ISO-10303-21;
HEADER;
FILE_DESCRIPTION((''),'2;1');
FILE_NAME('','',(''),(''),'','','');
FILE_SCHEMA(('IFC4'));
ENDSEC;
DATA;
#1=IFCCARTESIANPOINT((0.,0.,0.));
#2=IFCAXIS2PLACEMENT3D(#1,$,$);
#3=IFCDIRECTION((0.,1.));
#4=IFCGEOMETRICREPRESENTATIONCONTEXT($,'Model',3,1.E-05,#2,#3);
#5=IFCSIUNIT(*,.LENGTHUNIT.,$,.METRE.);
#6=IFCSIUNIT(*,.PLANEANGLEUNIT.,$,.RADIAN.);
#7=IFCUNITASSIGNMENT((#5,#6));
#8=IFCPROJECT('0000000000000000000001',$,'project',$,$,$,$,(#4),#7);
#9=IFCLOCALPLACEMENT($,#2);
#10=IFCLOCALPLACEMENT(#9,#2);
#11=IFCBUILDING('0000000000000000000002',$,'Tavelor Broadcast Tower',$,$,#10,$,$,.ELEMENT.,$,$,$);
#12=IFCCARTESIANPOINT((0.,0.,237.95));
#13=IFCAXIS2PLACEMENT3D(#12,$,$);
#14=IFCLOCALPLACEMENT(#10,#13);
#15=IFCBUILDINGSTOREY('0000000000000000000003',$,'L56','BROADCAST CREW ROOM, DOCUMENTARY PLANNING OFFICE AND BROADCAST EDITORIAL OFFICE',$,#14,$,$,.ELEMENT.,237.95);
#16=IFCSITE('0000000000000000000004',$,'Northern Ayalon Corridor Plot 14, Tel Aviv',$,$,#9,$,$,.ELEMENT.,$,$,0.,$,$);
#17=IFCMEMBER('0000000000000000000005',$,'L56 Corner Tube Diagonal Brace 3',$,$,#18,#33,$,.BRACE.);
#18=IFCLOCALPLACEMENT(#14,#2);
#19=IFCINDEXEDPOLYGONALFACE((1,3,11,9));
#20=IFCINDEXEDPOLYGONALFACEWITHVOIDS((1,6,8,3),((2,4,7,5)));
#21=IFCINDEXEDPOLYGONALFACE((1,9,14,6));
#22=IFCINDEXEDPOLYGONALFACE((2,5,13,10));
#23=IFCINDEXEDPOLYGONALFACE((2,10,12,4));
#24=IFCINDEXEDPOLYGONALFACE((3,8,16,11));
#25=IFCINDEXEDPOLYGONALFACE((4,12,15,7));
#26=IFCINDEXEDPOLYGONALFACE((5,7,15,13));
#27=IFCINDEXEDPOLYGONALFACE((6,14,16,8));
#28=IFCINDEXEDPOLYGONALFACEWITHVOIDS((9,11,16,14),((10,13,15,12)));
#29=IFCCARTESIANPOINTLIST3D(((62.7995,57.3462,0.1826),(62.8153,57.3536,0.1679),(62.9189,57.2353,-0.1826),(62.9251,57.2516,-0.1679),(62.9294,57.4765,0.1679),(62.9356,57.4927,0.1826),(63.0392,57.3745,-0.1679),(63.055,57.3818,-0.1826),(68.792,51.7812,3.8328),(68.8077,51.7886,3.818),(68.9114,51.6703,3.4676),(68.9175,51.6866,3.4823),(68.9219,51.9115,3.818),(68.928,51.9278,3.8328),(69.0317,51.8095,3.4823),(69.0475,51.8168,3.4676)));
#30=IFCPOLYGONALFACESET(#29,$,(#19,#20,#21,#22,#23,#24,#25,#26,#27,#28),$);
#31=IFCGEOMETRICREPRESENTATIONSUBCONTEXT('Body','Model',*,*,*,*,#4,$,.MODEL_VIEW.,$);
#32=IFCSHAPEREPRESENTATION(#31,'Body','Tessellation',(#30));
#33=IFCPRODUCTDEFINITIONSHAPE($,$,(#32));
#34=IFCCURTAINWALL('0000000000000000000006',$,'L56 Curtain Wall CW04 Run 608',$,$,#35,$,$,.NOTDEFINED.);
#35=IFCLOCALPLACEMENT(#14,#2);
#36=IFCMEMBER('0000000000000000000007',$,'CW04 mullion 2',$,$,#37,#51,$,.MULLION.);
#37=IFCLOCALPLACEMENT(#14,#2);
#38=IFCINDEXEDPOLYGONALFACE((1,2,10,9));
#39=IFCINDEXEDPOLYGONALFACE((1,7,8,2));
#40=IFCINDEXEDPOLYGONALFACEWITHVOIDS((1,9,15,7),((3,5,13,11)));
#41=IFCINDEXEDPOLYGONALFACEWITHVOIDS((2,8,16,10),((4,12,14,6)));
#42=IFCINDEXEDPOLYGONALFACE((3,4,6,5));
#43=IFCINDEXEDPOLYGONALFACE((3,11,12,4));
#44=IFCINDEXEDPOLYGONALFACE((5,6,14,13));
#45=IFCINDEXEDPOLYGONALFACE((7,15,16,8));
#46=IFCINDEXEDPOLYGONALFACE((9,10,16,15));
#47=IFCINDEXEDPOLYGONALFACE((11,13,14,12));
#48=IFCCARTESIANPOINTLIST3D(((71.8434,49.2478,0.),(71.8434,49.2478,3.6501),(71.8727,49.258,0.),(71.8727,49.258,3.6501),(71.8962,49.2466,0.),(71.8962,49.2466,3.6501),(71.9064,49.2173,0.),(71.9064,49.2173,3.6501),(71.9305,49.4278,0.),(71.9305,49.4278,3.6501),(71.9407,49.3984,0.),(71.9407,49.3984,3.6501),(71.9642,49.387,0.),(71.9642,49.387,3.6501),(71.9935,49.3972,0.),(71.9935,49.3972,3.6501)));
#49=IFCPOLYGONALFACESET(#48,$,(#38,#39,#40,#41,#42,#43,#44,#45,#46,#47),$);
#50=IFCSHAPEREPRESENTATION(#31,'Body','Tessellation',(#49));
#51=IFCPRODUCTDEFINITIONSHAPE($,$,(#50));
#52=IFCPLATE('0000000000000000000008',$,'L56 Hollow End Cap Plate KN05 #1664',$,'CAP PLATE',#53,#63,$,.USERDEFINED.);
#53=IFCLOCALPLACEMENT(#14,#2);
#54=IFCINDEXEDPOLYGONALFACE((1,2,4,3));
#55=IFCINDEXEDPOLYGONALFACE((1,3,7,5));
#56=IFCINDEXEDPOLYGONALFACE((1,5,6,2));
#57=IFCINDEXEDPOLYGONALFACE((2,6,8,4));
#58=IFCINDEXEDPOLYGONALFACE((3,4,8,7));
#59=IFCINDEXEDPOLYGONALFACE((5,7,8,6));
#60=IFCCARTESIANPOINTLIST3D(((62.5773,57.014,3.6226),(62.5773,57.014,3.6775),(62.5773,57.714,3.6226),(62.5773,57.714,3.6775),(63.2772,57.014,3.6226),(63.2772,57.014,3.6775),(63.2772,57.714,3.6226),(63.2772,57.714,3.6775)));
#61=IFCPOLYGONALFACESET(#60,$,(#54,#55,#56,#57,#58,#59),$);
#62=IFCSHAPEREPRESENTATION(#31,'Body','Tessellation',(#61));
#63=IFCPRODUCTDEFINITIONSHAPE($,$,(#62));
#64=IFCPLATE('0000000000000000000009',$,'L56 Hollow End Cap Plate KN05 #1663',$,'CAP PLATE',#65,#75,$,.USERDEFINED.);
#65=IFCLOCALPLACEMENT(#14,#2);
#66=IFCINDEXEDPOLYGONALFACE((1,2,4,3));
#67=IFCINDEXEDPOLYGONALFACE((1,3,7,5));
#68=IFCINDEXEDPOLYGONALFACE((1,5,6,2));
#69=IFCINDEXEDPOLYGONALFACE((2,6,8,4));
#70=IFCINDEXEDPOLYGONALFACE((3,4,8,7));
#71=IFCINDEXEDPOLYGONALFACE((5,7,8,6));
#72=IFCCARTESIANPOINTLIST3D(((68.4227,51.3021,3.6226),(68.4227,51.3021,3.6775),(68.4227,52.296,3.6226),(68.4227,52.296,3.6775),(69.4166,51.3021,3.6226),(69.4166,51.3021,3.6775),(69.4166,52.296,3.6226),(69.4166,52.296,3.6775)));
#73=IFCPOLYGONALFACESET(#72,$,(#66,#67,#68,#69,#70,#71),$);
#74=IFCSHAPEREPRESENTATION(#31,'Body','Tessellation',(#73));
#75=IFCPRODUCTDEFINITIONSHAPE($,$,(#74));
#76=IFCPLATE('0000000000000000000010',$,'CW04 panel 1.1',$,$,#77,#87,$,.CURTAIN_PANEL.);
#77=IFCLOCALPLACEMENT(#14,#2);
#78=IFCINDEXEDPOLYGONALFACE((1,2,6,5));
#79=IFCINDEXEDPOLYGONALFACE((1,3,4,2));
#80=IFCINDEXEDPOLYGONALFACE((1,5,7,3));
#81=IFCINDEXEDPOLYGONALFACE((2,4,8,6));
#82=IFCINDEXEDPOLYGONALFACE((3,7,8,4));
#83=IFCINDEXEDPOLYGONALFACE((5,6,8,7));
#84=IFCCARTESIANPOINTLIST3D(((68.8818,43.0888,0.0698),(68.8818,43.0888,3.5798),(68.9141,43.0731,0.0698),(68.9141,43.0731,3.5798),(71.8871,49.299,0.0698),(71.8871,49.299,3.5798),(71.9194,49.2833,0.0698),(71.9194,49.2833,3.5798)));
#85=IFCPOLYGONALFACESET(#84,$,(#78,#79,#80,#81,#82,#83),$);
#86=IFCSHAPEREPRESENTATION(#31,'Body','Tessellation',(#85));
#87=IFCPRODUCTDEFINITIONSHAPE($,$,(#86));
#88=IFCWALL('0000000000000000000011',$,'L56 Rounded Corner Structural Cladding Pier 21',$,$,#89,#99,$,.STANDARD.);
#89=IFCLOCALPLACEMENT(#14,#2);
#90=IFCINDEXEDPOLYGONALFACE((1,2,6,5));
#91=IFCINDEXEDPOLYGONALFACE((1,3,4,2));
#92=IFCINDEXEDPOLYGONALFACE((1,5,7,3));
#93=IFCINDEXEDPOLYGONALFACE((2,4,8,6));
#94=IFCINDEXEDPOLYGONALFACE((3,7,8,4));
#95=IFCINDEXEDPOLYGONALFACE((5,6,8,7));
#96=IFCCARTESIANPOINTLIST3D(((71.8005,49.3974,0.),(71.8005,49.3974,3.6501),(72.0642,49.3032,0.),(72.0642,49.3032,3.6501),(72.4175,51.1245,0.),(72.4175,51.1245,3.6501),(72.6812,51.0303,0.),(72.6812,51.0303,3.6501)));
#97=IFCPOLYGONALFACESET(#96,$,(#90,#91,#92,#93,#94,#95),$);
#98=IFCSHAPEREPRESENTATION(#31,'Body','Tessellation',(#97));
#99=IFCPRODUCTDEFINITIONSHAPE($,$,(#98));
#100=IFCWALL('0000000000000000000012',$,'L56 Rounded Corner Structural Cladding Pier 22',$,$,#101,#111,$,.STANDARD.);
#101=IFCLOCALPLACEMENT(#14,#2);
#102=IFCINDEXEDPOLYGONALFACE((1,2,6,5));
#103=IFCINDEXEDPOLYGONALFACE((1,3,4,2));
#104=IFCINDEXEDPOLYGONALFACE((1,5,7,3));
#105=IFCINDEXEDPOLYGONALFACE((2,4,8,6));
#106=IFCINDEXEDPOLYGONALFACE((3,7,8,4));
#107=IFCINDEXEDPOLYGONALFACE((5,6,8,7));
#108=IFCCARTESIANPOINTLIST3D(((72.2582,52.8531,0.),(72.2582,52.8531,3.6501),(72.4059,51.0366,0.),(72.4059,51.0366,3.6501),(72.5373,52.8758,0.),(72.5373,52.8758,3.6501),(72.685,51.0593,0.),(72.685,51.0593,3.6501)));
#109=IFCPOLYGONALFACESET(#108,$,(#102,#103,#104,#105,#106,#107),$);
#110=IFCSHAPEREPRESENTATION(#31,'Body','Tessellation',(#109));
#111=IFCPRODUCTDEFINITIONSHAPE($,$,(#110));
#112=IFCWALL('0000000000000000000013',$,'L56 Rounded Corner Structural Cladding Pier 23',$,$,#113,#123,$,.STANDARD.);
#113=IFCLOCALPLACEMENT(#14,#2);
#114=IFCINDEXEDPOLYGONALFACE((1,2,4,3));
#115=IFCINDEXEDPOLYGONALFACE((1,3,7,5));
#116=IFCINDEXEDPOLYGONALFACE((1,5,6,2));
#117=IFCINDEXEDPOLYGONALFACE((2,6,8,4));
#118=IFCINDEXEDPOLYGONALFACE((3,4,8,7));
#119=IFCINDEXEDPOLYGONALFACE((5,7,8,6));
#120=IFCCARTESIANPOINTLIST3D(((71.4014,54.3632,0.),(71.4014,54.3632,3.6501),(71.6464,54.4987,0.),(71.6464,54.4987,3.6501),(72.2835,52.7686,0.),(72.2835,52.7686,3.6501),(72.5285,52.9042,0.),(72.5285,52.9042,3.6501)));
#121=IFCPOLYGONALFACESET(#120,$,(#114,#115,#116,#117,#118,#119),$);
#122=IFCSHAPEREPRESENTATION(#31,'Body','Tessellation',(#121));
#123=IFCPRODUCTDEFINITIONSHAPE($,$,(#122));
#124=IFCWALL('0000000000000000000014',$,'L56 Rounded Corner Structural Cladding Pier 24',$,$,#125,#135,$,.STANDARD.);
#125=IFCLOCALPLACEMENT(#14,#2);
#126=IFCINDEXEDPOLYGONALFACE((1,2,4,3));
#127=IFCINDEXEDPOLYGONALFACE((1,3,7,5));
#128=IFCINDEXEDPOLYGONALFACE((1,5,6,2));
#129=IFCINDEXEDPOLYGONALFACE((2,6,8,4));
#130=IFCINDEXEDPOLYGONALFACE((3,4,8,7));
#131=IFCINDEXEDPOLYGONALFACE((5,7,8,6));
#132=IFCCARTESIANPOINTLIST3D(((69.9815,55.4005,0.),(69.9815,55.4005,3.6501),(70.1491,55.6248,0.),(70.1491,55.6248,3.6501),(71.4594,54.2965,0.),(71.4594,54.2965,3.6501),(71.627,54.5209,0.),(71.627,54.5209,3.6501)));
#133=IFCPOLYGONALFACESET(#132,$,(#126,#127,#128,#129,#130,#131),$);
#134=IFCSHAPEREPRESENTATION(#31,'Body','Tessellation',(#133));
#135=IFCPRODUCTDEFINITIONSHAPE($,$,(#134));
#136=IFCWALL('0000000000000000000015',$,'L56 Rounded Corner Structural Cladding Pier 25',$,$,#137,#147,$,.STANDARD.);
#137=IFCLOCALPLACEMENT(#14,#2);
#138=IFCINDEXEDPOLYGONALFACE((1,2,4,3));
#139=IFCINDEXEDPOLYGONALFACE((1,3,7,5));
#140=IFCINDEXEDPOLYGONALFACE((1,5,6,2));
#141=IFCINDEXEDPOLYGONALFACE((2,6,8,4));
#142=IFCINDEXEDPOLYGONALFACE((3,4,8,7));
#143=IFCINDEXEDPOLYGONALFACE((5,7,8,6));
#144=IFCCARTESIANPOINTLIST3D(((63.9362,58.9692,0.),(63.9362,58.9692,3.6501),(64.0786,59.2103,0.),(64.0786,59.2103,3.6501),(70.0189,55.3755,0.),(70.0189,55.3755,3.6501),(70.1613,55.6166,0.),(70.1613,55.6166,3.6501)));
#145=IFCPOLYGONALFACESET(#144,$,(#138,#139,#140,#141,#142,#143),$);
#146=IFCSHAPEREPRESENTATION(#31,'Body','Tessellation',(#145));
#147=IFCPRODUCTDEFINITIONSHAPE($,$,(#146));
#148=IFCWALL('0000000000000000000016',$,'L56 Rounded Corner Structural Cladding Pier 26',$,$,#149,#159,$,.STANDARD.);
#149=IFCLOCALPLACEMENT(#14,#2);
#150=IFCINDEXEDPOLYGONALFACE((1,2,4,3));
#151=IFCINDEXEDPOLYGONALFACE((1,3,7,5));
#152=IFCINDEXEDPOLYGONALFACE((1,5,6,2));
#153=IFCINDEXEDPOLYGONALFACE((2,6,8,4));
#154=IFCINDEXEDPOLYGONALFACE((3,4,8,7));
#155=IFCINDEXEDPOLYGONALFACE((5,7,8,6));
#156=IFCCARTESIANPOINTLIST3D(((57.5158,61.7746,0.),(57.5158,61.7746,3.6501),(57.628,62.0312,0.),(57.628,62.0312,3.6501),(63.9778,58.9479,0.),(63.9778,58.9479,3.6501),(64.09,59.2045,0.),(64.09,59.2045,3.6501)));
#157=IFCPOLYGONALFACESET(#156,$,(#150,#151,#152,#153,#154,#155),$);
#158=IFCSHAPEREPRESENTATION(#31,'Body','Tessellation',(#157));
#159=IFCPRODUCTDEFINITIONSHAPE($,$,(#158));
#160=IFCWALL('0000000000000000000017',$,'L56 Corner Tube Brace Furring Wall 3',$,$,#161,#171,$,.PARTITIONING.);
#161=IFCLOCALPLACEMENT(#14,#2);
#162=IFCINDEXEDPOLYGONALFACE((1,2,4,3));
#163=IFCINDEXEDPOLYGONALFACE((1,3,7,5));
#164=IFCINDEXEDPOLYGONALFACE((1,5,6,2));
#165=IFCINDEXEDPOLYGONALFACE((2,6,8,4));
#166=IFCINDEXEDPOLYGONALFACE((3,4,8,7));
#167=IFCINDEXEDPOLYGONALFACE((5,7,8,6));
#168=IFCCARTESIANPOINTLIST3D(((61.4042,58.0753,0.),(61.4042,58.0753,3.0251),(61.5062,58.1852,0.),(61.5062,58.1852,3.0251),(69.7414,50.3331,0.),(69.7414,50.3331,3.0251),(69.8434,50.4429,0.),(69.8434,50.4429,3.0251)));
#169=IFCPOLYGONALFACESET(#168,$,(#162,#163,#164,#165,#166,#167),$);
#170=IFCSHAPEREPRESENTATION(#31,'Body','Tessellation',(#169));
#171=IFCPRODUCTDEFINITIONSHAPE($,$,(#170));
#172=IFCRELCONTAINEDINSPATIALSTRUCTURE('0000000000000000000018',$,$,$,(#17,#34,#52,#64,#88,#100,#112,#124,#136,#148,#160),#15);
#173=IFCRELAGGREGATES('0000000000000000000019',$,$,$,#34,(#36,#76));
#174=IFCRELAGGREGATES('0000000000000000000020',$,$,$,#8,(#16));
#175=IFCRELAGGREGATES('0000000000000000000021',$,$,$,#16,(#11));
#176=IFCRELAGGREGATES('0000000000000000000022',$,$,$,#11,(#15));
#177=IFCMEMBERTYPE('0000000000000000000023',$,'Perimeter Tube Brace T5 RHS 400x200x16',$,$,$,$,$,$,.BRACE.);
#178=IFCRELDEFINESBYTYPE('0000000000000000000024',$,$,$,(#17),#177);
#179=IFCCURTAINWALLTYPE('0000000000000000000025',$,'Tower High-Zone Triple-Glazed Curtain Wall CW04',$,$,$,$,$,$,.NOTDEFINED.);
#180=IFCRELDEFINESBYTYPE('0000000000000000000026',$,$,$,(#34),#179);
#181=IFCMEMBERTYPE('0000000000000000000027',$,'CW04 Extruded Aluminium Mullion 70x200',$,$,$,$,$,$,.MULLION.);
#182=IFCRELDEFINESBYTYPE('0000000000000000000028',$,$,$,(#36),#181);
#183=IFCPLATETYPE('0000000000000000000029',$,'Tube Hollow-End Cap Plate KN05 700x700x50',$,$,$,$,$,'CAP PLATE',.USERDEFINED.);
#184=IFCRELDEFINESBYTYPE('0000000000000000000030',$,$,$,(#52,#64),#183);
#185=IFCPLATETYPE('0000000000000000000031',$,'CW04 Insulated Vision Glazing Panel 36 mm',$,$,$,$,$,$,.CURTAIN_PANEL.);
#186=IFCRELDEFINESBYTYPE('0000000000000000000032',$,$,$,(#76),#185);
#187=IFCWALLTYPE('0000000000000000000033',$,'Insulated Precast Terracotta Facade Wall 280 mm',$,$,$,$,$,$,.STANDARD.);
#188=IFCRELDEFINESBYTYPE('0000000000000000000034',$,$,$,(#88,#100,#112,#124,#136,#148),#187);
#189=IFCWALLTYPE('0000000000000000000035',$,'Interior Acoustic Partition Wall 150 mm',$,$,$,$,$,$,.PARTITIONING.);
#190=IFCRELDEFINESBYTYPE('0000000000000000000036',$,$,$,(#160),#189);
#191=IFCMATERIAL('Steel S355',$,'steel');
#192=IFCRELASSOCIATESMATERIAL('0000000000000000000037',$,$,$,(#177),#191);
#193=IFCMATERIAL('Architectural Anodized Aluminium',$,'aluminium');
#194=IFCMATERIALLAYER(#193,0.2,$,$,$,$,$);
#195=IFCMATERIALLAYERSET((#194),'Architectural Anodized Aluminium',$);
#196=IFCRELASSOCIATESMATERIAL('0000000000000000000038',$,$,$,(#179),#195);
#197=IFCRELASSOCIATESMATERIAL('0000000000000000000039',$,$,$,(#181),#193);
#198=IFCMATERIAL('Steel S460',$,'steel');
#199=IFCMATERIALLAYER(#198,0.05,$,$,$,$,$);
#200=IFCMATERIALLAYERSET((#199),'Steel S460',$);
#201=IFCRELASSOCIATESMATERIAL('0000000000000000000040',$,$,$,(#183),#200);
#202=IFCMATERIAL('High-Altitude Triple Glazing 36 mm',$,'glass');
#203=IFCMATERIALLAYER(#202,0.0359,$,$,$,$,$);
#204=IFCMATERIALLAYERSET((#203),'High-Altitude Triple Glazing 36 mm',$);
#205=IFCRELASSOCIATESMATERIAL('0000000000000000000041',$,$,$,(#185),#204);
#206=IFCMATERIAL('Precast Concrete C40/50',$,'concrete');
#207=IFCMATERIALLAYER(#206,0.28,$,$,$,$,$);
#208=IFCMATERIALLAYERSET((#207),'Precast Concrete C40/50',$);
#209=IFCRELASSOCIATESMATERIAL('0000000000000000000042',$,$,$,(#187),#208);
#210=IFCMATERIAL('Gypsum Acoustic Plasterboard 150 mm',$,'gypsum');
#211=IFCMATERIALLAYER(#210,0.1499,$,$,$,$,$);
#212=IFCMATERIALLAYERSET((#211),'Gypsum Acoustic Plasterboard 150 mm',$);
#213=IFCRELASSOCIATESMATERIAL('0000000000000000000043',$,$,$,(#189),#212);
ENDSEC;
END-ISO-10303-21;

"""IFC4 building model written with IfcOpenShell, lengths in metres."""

from ifc_helpers import new_model, si_unit, direction, frame, frame_2d, origin, origin_2d, place, context, subcontext, project, spatial, rectangle, hollow_rectangle, extrude, source, transform, mapped, material, layer, layer_set, material_profile, profile_set, type_object, type_shapes, element, aggregate, save


model = new_model("IFC4")

# Units and contexts
model_context = context("Model", 3, precision=1e-05, world=origin(), true_north=direction((0.0, 1.0)))
body_context = subcontext(model_context, "Body", "Model", "MODEL_VIEW")
ifc_project = project(units=[si_unit("LENGTHUNIT", "METRE"), si_unit("PLANEANGLEUNIT", "RADIAN")], contexts=[model_context])

# Site, building, storey
site_placement = place(None, origin())
site = spatial("IfcSite", under=ifc_project, at=site_placement, Name="Northern Ayalon Corridor Plot 14, Tel Aviv", CompositionType="ELEMENT", RefElevation=0.0)
building_placement = place(site_placement, origin())
building = spatial("IfcBuilding", under=site, at=building_placement, Name="Tavelor Broadcast Tower", CompositionType="ELEMENT")
storey_placement = place(building_placement, frame((0.0, 0.0, 237.95)))
storey = spatial("IfcBuildingStorey", under=building, at=storey_placement, Name="L56", Description="BROADCAST CREW ROOM, DOCUMENTARY PLANNING OFFICE AND BROADCAST EDITORIAL OFFICE", CompositionType="ELEMENT", Elevation=237.95)

# Shared definitions
ifc_material_1 = material(Name="Steel S460", Category="steel")

# Shared definitions
ifc_material_2 = material(Name="Steel S355", Category="steel")

# Member
ifc_material_profile_1 = material_profile(ifc_material_2, hollow_rectangle(XDim=0.2, YDim=0.3999, WallThickness=0.0161, at=origin_2d()), Name="RHS 400x200x16")
ifc_profile_set_1 = profile_set([ifc_material_profile_1], Name="Steel S355")
member_type_1 = type_object("IfcMemberType", Name="Perimeter Tube Brace T5 RHS 400x200x16", PredefinedType="BRACE", material=ifc_profile_set_1)
member_1_placement = place(storey_placement, frame((62.9272, 57.364, 0.0), z_axis=(0.669133, -0.621398, 0.407586), x_axis=(0.680487, 0.732761, 0.0)))
element("IfcMember", 1, at=member_1_placement, inside=storey, type_object=member_type_1, Name="L56 Corner Tube Diagonal Brace 3", PredefinedType="BRACE", context=body_context, shape_type="SweptSolid", body=[
    extrude(hollow_rectangle(XDim=0.2, YDim=0.3999, WallThickness=0.0161, at=origin_2d()), origin(), (0.0, 0.0, 1.0), 8.9556),
])

# Curtain wall, member
ifc_material_3 = material(Name="Architectural Anodized Aluminium", Category="aluminium")
ifc_layer_1 = layer(ifc_material_3, 0.2)
ifc_layer_set_1 = layer_set([ifc_layer_1], Name="Architectural Anodized Aluminium")
curtain_wall_type = type_object("IfcCurtainWallType", Name="Tower High-Zone Triple-Glazed Curtain Wall CW04", PredefinedType="NOTDEFINED", material=ifc_layer_set_1)
curtain_wall_placement = place(storey_placement, origin())
curtain_wall = element("IfcCurtainWall", 2, at=curtain_wall_placement, inside=storey, type_object=curtain_wall_type, Name="L56 Curtain Wall CW04 Run 608", PredefinedType="NOTDEFINED")
ifc_material_profile_2 = material_profile(ifc_material_3, hollow_rectangle(XDim=0.0701, YDim=0.2, WallThickness=0.022, at=origin_2d()), Name="RHS 70x200x22")
ifc_profile_set_2 = profile_set([ifc_material_profile_2], Name="Architectural Anodized Aluminium")
member_type_2 = type_object("IfcMemberType", Name="CW04 Extruded Aluminium Mullion 70x200", PredefinedType="MULLION", material=ifc_profile_set_2)
shared_shape_1 = source(origin(), body_context, "Body", "SweptSolid", [
    extrude(hollow_rectangle(XDim=0.0701, YDim=0.2, WallThickness=0.022, at=origin_2d()), origin(), (0.0, 0.0, 1.0), 3.6501),
])
type_shapes(member_type_2, [shared_shape_1])
member_2_placement = place(storey_placement, frame((71.9185, 49.3225, 0.0), z_axis=(0.0, 0.0, 1.0), x_axis=(-0.900137, 0.435607, 0.0)))
member_2 = element("IfcMember", 3, at=member_2_placement, type_object=member_type_2, Name="CW04 mullion 2", PredefinedType="MULLION", context=body_context, shape_type="MappedRepresentation", body=[
    mapped(shared_shape_1, transform((0.0, 0.0, 0.0), scale=1.0)),
])

# Plates
ifc_layer_2 = layer(ifc_material_1, 0.05)
ifc_layer_set_2 = layer_set([ifc_layer_2], Name="Steel S460")
plate_type_1 = type_object("IfcPlateType", Name="Tube Hollow-End Cap Plate KN05 700x700x50", ElementType="CAP PLATE", PredefinedType="USERDEFINED", material=ifc_layer_set_2)
shared_shape_2 = source(origin(), body_context, "Body", "SweptSolid", [
    extrude(rectangle(XDim=0.7, YDim=0.7, at=origin_2d()), origin(), (0.0, 0.0, 1.0), 0.0549),
])
plate_1_placement = place(storey_placement, frame((62.9272, 57.364, 3.6226), z_axis=(0.0, 0.0, 1.0), x_axis=(1.0, 0.0, 0.0)))
element("IfcPlate", 4, at=plate_1_placement, inside=storey, type_object=plate_type_1, Name="L56 Hollow End Cap Plate KN05 #1664", ObjectType="CAP PLATE", PredefinedType="USERDEFINED", context=body_context, shape_type="MappedRepresentation", body=[
    mapped(shared_shape_2, transform((0.0, 0.0, 0.0), scale=1.0)),
])
shared_shape_3 = source(origin(), body_context, "Body", "SweptSolid", [
    extrude(rectangle(XDim=0.9939, YDim=0.9939, at=origin_2d()), origin(), (0.0, 0.0, 1.0), 0.0549),
])
type_shapes(plate_type_1, [shared_shape_2, shared_shape_3])
plate_2_placement = place(storey_placement, frame((68.9197, 51.7991, 3.6226), z_axis=(0.0, 0.0, 1.0), x_axis=(1.0, 0.0, 0.0)))
element("IfcPlate", 5, at=plate_2_placement, inside=storey, type_object=plate_type_1, Name="L56 Hollow End Cap Plate KN05 #1663", ObjectType="CAP PLATE", PredefinedType="USERDEFINED", context=body_context, shape_type="MappedRepresentation", body=[
    mapped(shared_shape_3, transform((0.0, 0.0, 0.0), scale=1.0)),
])

# Plate
ifc_material_4 = material(Name="High-Altitude Triple Glazing 36 mm", Category="glass")
ifc_layer_3 = layer(ifc_material_4, 0.0359)
ifc_layer_set_3 = layer_set([ifc_layer_3], Name="High-Altitude Triple Glazing 36 mm")
plate_type_2 = type_object("IfcPlateType", Name="CW04 Insulated Vision Glazing Panel 36 mm", PredefinedType="CURTAIN_PANEL", material=ifc_layer_set_3)
shared_shape_4 = source(origin(), body_context, "Body", "SweptSolid", [
    extrude(rectangle(XDim=6.8992, YDim=0.0359, at=origin_2d()), origin(), (0.0, 0.0, 1.0), 3.51),
])
type_shapes(plate_type_2, [shared_shape_4])
plate_3_placement = place(storey_placement, frame((70.4006, 46.186, 0.0698), z_axis=(0.0, 0.0, 1.0), x_axis=(0.435607, 0.900137, 0.0)))
plate_3 = element("IfcPlate", 6, at=plate_3_placement, type_object=plate_type_2, Name="CW04 panel 1.1", PredefinedType="CURTAIN_PANEL", context=body_context, shape_type="MappedRepresentation", body=[
    mapped(shared_shape_4, transform((0.0, 0.0, 0.0), scale=1.0)),
])
aggregate(curtain_wall, [member_2, plate_3])

# Walls
ifc_material_5 = material(Name="Precast Concrete C40/50", Category="concrete")
ifc_layer_4 = layer(ifc_material_5, 0.28)
ifc_layer_set_4 = layer_set([ifc_layer_4], Name="Precast Concrete C40/50")
wall_type_1 = type_object("IfcWallType", Name="Insulated Precast Terracotta Facade Wall 280 mm", PredefinedType="STANDARD", material=ifc_layer_set_4)
wall_1_placement = place(storey_placement, frame((71.9324, 49.3503, 0.0), z_axis=(0.0, 0.0, 1.0), x_axis=(0.336404, 0.941718, 0.0)))
element("IfcWall", 7, at=wall_1_placement, inside=storey, type_object=wall_type_1, Name="L56 Rounded Corner Structural Cladding Pier 21", PredefinedType="STANDARD", context=body_context, shape_type="SweptSolid", body=[
    extrude(rectangle(XDim=1.834, YDim=0.28, at=frame_2d((0.917, 0.0))), origin(), (0.0, 0.0, 1.0), 3.6501),
])
wall_2_placement = place(storey_placement, frame((72.5454, 51.0481, 0.0), z_axis=(0.0, 0.0, 1.0), x_axis=(-0.08105, 0.99671, 0.0)))
element("IfcWall", 8, at=wall_2_placement, inside=storey, type_object=wall_type_1, Name="L56 Rounded Corner Structural Cladding Pier 22", PredefinedType="STANDARD", context=body_context, shape_type="SweptSolid", body=[
    extrude(rectangle(XDim=1.8225, YDim=0.28, at=frame_2d((0.9111, 0.0))), origin(), (0.0, 0.0, 1.0), 3.6501),
])
wall_3_placement = place(storey_placement, frame((72.406, 52.8364, 0.0), z_axis=(0.0, 0.0, 1.0), x_axis=(-0.484072, 0.875028, 0.0)))
element("IfcWall", 9, at=wall_3_placement, inside=storey, type_object=wall_type_1, Name="L56 Rounded Corner Structural Cladding Pier 23", PredefinedType="STANDARD", context=body_context, shape_type="SweptSolid", body=[
    extrude(rectangle(XDim=1.8223, YDim=0.28, at=frame_2d((0.9111, 0.0))), origin(), (0.0, 0.0, 1.0), 3.6501),
])
wall_4_placement = place(storey_placement, frame((71.5432, 54.4087, 0.0), z_axis=(0.0, 0.0, 1.0), x_axis=(-0.801174, 0.598432, 0.0)))
element("IfcWall", 10, at=wall_4_placement, inside=storey, type_object=wall_type_1, Name="L56 Rounded Corner Structural Cladding Pier 24", PredefinedType="STANDARD", context=body_context, shape_type="SweptSolid", body=[
    extrude(rectangle(XDim=1.8447, YDim=0.28, at=frame_2d((0.9224, 0.0))), origin(), (0.0, 0.0, 1.0), 3.6501),
])
wall_5_placement = place(storey_placement, frame((70.0901, 55.4961, 0.0), z_axis=(0.0, 0.0, 1.0), x_axis=(-0.860964, 0.508665, 0.0)))
element("IfcWall", 11, at=wall_5_placement, inside=storey, type_object=wall_type_1, Name="L56 Rounded Corner Structural Cladding Pier 25", PredefinedType="STANDARD", context=body_context, shape_type="SweptSolid", body=[
    extrude(rectangle(XDim=7.0649, YDim=0.28, at=frame_2d((3.5325, 0.0))), origin(), (0.0, 0.0, 1.0), 3.6501),
])
wall_6_placement = place(storey_placement, frame((64.0339, 59.0762, 0.0), z_axis=(0.0, 0.0, 1.0), x_axis=(-0.91618, 0.400768, 0.0)))
element("IfcWall", 12, at=wall_6_placement, inside=storey, type_object=wall_type_1, Name="L56 Rounded Corner Structural Cladding Pier 26", PredefinedType="STANDARD", context=body_context, shape_type="SweptSolid", body=[
    extrude(rectangle(XDim=7.0532, YDim=0.28, at=frame_2d((3.5266, 0.0))), origin(), (0.0, 0.0, 1.0), 3.6501),
])
ifc_material_6 = material(Name="Gypsum Acoustic Plasterboard 150 mm", Category="gypsum")
ifc_layer_5 = layer(ifc_material_6, 0.1499)
ifc_layer_set_5 = layer_set([ifc_layer_5], Name="Gypsum Acoustic Plasterboard 150 mm")
wall_type_2 = type_object("IfcWallType", Name="Interior Acoustic Partition Wall 150 mm", PredefinedType="PARTITIONING", material=ifc_layer_set_5)
wall_7_placement = place(storey_placement, frame((69.7925, 50.3879, 0.0), z_axis=(0.0, 0.0, 1.0), x_axis=(-0.73277, 0.680477, 0.0)))
element("IfcWall", 13, at=wall_7_placement, inside=storey, type_object=wall_type_2, Name="L56 Corner Tube Brace Furring Wall 3", PredefinedType="PARTITIONING", context=body_context, shape_type="SweptSolid", body=[
    extrude(rectangle(XDim=11.3777, YDim=0.1499, at=frame_2d((5.689, 0.0))), origin(), (0.0, 0.0, 1.0), 3.0251),
])

save(model, "model.ifc")
